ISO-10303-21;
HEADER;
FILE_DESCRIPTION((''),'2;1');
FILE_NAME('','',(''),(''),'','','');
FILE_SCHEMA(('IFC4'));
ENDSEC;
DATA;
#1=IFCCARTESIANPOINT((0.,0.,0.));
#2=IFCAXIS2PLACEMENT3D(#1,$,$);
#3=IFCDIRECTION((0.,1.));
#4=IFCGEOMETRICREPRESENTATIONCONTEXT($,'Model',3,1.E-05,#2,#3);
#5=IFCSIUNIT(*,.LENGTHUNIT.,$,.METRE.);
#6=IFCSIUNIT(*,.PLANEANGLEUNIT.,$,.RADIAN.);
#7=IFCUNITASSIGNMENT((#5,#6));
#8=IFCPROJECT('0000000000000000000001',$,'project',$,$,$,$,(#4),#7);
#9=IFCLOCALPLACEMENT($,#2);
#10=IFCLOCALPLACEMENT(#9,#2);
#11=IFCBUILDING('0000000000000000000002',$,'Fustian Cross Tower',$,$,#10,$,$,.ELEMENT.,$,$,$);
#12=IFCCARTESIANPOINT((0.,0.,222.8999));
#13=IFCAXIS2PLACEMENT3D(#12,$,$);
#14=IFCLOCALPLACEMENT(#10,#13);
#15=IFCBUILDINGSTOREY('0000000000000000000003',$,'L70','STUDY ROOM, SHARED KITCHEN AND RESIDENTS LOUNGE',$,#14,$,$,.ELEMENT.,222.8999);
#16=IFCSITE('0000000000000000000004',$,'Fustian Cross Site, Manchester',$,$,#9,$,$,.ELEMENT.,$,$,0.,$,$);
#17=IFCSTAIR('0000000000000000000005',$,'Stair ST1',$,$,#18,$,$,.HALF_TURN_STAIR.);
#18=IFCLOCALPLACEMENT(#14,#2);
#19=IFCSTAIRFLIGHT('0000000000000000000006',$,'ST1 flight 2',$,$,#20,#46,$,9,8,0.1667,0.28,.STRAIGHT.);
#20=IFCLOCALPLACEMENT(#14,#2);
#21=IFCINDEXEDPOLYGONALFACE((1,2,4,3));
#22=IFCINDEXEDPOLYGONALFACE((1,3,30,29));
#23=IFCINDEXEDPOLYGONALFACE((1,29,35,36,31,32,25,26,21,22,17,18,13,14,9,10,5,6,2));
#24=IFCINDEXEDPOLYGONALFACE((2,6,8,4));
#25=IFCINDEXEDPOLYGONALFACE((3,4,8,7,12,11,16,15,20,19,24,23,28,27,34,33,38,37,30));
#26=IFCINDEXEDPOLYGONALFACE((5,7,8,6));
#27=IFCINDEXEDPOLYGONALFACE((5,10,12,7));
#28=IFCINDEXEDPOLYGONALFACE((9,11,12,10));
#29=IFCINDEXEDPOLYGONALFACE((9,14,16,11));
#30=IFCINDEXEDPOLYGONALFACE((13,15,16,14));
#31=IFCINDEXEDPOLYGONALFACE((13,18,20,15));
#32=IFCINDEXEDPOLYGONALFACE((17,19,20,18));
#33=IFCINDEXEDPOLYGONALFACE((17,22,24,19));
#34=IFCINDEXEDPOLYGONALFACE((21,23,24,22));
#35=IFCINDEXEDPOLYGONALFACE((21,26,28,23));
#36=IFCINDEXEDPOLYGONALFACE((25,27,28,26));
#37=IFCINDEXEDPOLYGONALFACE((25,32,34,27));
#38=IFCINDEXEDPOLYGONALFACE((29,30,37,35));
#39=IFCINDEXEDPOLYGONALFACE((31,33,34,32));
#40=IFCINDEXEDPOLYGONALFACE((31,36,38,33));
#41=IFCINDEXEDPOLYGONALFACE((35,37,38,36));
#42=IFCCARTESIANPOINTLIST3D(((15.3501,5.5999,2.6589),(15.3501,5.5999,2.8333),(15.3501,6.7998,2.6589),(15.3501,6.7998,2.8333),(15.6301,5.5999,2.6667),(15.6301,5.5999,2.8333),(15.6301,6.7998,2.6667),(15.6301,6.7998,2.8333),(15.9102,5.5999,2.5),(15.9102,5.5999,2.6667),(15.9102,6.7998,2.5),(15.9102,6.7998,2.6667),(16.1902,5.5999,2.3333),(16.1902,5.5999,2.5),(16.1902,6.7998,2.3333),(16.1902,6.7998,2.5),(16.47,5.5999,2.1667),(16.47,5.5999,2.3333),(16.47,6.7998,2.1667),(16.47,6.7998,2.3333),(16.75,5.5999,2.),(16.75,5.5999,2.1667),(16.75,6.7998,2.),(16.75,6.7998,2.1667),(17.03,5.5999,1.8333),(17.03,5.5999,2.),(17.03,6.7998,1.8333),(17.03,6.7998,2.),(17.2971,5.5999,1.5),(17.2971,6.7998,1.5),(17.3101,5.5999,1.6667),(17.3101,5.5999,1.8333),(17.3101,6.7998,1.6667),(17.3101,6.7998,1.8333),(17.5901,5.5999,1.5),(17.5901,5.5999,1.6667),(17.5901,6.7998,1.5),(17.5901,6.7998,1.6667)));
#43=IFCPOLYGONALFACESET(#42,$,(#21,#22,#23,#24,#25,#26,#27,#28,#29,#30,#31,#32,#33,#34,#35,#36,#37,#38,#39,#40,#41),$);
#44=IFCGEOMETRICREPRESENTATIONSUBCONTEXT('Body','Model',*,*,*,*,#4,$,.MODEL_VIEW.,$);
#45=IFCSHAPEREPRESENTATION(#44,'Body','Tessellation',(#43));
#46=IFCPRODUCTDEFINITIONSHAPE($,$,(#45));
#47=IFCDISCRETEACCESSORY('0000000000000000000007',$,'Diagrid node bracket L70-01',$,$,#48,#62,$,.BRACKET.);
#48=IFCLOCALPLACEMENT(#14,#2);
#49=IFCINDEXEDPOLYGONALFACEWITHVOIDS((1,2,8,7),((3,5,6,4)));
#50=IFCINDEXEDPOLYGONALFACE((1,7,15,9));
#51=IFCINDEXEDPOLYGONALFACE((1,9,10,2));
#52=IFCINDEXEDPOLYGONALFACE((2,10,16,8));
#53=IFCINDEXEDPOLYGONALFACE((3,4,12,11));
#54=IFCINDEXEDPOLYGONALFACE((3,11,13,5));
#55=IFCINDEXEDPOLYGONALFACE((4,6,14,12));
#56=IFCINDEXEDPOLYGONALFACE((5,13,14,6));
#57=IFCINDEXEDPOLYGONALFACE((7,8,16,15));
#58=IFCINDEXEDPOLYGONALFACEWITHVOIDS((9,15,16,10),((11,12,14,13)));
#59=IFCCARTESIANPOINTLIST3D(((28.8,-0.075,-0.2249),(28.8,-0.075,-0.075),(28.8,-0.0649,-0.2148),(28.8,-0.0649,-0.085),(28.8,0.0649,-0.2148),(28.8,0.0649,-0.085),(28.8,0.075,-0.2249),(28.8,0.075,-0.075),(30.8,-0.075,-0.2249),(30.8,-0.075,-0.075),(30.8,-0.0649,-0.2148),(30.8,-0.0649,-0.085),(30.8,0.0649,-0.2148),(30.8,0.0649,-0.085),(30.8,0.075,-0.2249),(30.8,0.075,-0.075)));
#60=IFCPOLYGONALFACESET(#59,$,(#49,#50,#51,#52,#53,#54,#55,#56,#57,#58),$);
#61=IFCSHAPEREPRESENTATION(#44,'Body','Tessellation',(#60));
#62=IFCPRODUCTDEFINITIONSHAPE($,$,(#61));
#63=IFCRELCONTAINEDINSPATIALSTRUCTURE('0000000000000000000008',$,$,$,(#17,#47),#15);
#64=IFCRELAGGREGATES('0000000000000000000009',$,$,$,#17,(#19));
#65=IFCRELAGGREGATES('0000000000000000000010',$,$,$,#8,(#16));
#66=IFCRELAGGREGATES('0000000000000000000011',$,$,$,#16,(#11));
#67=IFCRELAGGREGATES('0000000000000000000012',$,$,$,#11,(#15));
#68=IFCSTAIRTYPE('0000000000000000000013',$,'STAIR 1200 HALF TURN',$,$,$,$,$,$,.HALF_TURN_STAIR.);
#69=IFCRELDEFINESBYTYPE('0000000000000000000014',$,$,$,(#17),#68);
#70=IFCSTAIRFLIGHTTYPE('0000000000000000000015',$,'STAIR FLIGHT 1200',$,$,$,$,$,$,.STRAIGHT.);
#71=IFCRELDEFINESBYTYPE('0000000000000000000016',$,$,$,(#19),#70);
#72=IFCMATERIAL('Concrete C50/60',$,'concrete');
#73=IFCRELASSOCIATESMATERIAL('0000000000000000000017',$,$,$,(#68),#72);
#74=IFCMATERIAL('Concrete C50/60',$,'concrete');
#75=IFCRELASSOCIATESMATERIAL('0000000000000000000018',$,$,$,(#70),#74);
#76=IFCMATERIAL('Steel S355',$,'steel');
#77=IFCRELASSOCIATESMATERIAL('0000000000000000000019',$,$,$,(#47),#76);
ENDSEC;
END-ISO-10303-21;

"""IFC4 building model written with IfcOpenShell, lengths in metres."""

from ifc_helpers import new_model, si_unit, direction, frame, origin, origin_2d, place, context, subcontext, project, spatial, polyline, hollow_rectangle, outline, extrude, material, type_object, element, aggregate, save


model = new_model("IFC4")

# Units and contexts
model_context = context("Model", 3, precision=1e-05, world=origin(), true_north=direction((0.0, 1.0)))
body_context = subcontext(model_context, "Body", "Model", "MODEL_VIEW")
ifc_project = project(units=[si_unit("LENGTHUNIT", "METRE"), si_unit("PLANEANGLEUNIT", "RADIAN")], contexts=[model_context])

# Site, building, storey
site_placement = place(None, origin())
site = spatial("IfcSite", under=ifc_project, at=site_placement, Name="Fustian Cross Site, Manchester", CompositionType="ELEMENT", RefElevation=0.0)
building_placement = place(site_placement, origin())
building = spatial("IfcBuilding", under=site, at=building_placement, Name="Fustian Cross Tower", CompositionType="ELEMENT")
storey_placement = place(building_placement, frame((0.0, 0.0, 222.8999)))
storey = spatial("IfcBuildingStorey", under=building, at=storey_placement, Name="L70", Description="STUDY ROOM, SHARED KITCHEN AND RESIDENTS LOUNGE", CompositionType="ELEMENT", Elevation=222.8999)

# Stair, stair flight
ifc_material_1 = material(Name="Concrete C50/60", Category="concrete")
stair_type = type_object("IfcStairType", Name="STAIR 1200 HALF TURN", PredefinedType="HALF_TURN_STAIR", material=ifc_material_1)
stair_placement = place(storey_placement, origin())
stair = element("IfcStair", 1, at=stair_placement, inside=storey, type_object=stair_type, Name="Stair ST1", PredefinedType="HALF_TURN_STAIR")
ifc_material_2 = material(Name="Concrete C50/60", Category="concrete")
stair_flight_type = type_object("IfcStairFlightType", Name="STAIR FLIGHT 1200", PredefinedType="STRAIGHT", material=ifc_material_2)
stair_flight_1_placement = place(storey_placement, frame((17.5901, 6.2, 1.5), z_axis=(0.0, 0.0, 1.0), x_axis=(-1.0, 0.0, 0.0)))
stair_flight_1 = element("IfcStairFlight", 2, at=stair_flight_1_placement, type_object=stair_flight_type, Name="ST1 flight 2", NumberOfRisers=9, NumberOfTreads=8, PredefinedType="STRAIGHT", RiserHeight=0.1667, TreadLength=0.28, context=body_context, shape_type="SweptSolid", body=[
    extrude(outline(polyline([(0.0, 0.0), (0.0, 0.1667), (0.28, 0.1667), (0.28, 0.3333), (0.5601, 0.3333), (0.5601, 0.5), (0.8401, 0.5), (0.8401, 0.6667), (1.1201, 0.6667), (1.1201, 0.8333), (1.3999, 0.8333), (1.3999, 1.0), (1.6799, 1.0), (1.6799, 1.1667), (1.96, 1.1667), (1.96, 1.3333), (2.24, 1.3333), (2.24, 1.5), (2.24, 1.1589), (0.293, 0.0), (0.0, 0.0)])), frame((0.0, 0.6001, 0.0), z_axis=(0.0, -1.0, 0.0), x_axis=(1.0, 0.0, 0.0)), (0.0, 0.0, 1.0), 1.2),
])
aggregate(stair, [stair_flight_1])

# Discrete accessory
ifc_material_3 = material(Name="Steel S355", Category="steel")
discrete_accessory_placement = place(storey_placement, frame((30.8, 0.0, -0.1499), z_axis=(-1.0, 0.0, 0.0), x_axis=(0.0, -1.0, 0.0)))
element("IfcDiscreteAccessory", 3, at=discrete_accessory_placement, inside=storey, material=ifc_material_3, Name="Diagrid node bracket L70-01", PredefinedType="BRACKET", context=body_context, shape_type="SweptSolid", body=[
    extrude(hollow_rectangle(XDim=0.1499, YDim=0.1499, WallThickness=0.01, at=origin_2d()), origin(), (0.0, 0.0, 1.0), 2.0),
])

save(model, "model.ifc")
